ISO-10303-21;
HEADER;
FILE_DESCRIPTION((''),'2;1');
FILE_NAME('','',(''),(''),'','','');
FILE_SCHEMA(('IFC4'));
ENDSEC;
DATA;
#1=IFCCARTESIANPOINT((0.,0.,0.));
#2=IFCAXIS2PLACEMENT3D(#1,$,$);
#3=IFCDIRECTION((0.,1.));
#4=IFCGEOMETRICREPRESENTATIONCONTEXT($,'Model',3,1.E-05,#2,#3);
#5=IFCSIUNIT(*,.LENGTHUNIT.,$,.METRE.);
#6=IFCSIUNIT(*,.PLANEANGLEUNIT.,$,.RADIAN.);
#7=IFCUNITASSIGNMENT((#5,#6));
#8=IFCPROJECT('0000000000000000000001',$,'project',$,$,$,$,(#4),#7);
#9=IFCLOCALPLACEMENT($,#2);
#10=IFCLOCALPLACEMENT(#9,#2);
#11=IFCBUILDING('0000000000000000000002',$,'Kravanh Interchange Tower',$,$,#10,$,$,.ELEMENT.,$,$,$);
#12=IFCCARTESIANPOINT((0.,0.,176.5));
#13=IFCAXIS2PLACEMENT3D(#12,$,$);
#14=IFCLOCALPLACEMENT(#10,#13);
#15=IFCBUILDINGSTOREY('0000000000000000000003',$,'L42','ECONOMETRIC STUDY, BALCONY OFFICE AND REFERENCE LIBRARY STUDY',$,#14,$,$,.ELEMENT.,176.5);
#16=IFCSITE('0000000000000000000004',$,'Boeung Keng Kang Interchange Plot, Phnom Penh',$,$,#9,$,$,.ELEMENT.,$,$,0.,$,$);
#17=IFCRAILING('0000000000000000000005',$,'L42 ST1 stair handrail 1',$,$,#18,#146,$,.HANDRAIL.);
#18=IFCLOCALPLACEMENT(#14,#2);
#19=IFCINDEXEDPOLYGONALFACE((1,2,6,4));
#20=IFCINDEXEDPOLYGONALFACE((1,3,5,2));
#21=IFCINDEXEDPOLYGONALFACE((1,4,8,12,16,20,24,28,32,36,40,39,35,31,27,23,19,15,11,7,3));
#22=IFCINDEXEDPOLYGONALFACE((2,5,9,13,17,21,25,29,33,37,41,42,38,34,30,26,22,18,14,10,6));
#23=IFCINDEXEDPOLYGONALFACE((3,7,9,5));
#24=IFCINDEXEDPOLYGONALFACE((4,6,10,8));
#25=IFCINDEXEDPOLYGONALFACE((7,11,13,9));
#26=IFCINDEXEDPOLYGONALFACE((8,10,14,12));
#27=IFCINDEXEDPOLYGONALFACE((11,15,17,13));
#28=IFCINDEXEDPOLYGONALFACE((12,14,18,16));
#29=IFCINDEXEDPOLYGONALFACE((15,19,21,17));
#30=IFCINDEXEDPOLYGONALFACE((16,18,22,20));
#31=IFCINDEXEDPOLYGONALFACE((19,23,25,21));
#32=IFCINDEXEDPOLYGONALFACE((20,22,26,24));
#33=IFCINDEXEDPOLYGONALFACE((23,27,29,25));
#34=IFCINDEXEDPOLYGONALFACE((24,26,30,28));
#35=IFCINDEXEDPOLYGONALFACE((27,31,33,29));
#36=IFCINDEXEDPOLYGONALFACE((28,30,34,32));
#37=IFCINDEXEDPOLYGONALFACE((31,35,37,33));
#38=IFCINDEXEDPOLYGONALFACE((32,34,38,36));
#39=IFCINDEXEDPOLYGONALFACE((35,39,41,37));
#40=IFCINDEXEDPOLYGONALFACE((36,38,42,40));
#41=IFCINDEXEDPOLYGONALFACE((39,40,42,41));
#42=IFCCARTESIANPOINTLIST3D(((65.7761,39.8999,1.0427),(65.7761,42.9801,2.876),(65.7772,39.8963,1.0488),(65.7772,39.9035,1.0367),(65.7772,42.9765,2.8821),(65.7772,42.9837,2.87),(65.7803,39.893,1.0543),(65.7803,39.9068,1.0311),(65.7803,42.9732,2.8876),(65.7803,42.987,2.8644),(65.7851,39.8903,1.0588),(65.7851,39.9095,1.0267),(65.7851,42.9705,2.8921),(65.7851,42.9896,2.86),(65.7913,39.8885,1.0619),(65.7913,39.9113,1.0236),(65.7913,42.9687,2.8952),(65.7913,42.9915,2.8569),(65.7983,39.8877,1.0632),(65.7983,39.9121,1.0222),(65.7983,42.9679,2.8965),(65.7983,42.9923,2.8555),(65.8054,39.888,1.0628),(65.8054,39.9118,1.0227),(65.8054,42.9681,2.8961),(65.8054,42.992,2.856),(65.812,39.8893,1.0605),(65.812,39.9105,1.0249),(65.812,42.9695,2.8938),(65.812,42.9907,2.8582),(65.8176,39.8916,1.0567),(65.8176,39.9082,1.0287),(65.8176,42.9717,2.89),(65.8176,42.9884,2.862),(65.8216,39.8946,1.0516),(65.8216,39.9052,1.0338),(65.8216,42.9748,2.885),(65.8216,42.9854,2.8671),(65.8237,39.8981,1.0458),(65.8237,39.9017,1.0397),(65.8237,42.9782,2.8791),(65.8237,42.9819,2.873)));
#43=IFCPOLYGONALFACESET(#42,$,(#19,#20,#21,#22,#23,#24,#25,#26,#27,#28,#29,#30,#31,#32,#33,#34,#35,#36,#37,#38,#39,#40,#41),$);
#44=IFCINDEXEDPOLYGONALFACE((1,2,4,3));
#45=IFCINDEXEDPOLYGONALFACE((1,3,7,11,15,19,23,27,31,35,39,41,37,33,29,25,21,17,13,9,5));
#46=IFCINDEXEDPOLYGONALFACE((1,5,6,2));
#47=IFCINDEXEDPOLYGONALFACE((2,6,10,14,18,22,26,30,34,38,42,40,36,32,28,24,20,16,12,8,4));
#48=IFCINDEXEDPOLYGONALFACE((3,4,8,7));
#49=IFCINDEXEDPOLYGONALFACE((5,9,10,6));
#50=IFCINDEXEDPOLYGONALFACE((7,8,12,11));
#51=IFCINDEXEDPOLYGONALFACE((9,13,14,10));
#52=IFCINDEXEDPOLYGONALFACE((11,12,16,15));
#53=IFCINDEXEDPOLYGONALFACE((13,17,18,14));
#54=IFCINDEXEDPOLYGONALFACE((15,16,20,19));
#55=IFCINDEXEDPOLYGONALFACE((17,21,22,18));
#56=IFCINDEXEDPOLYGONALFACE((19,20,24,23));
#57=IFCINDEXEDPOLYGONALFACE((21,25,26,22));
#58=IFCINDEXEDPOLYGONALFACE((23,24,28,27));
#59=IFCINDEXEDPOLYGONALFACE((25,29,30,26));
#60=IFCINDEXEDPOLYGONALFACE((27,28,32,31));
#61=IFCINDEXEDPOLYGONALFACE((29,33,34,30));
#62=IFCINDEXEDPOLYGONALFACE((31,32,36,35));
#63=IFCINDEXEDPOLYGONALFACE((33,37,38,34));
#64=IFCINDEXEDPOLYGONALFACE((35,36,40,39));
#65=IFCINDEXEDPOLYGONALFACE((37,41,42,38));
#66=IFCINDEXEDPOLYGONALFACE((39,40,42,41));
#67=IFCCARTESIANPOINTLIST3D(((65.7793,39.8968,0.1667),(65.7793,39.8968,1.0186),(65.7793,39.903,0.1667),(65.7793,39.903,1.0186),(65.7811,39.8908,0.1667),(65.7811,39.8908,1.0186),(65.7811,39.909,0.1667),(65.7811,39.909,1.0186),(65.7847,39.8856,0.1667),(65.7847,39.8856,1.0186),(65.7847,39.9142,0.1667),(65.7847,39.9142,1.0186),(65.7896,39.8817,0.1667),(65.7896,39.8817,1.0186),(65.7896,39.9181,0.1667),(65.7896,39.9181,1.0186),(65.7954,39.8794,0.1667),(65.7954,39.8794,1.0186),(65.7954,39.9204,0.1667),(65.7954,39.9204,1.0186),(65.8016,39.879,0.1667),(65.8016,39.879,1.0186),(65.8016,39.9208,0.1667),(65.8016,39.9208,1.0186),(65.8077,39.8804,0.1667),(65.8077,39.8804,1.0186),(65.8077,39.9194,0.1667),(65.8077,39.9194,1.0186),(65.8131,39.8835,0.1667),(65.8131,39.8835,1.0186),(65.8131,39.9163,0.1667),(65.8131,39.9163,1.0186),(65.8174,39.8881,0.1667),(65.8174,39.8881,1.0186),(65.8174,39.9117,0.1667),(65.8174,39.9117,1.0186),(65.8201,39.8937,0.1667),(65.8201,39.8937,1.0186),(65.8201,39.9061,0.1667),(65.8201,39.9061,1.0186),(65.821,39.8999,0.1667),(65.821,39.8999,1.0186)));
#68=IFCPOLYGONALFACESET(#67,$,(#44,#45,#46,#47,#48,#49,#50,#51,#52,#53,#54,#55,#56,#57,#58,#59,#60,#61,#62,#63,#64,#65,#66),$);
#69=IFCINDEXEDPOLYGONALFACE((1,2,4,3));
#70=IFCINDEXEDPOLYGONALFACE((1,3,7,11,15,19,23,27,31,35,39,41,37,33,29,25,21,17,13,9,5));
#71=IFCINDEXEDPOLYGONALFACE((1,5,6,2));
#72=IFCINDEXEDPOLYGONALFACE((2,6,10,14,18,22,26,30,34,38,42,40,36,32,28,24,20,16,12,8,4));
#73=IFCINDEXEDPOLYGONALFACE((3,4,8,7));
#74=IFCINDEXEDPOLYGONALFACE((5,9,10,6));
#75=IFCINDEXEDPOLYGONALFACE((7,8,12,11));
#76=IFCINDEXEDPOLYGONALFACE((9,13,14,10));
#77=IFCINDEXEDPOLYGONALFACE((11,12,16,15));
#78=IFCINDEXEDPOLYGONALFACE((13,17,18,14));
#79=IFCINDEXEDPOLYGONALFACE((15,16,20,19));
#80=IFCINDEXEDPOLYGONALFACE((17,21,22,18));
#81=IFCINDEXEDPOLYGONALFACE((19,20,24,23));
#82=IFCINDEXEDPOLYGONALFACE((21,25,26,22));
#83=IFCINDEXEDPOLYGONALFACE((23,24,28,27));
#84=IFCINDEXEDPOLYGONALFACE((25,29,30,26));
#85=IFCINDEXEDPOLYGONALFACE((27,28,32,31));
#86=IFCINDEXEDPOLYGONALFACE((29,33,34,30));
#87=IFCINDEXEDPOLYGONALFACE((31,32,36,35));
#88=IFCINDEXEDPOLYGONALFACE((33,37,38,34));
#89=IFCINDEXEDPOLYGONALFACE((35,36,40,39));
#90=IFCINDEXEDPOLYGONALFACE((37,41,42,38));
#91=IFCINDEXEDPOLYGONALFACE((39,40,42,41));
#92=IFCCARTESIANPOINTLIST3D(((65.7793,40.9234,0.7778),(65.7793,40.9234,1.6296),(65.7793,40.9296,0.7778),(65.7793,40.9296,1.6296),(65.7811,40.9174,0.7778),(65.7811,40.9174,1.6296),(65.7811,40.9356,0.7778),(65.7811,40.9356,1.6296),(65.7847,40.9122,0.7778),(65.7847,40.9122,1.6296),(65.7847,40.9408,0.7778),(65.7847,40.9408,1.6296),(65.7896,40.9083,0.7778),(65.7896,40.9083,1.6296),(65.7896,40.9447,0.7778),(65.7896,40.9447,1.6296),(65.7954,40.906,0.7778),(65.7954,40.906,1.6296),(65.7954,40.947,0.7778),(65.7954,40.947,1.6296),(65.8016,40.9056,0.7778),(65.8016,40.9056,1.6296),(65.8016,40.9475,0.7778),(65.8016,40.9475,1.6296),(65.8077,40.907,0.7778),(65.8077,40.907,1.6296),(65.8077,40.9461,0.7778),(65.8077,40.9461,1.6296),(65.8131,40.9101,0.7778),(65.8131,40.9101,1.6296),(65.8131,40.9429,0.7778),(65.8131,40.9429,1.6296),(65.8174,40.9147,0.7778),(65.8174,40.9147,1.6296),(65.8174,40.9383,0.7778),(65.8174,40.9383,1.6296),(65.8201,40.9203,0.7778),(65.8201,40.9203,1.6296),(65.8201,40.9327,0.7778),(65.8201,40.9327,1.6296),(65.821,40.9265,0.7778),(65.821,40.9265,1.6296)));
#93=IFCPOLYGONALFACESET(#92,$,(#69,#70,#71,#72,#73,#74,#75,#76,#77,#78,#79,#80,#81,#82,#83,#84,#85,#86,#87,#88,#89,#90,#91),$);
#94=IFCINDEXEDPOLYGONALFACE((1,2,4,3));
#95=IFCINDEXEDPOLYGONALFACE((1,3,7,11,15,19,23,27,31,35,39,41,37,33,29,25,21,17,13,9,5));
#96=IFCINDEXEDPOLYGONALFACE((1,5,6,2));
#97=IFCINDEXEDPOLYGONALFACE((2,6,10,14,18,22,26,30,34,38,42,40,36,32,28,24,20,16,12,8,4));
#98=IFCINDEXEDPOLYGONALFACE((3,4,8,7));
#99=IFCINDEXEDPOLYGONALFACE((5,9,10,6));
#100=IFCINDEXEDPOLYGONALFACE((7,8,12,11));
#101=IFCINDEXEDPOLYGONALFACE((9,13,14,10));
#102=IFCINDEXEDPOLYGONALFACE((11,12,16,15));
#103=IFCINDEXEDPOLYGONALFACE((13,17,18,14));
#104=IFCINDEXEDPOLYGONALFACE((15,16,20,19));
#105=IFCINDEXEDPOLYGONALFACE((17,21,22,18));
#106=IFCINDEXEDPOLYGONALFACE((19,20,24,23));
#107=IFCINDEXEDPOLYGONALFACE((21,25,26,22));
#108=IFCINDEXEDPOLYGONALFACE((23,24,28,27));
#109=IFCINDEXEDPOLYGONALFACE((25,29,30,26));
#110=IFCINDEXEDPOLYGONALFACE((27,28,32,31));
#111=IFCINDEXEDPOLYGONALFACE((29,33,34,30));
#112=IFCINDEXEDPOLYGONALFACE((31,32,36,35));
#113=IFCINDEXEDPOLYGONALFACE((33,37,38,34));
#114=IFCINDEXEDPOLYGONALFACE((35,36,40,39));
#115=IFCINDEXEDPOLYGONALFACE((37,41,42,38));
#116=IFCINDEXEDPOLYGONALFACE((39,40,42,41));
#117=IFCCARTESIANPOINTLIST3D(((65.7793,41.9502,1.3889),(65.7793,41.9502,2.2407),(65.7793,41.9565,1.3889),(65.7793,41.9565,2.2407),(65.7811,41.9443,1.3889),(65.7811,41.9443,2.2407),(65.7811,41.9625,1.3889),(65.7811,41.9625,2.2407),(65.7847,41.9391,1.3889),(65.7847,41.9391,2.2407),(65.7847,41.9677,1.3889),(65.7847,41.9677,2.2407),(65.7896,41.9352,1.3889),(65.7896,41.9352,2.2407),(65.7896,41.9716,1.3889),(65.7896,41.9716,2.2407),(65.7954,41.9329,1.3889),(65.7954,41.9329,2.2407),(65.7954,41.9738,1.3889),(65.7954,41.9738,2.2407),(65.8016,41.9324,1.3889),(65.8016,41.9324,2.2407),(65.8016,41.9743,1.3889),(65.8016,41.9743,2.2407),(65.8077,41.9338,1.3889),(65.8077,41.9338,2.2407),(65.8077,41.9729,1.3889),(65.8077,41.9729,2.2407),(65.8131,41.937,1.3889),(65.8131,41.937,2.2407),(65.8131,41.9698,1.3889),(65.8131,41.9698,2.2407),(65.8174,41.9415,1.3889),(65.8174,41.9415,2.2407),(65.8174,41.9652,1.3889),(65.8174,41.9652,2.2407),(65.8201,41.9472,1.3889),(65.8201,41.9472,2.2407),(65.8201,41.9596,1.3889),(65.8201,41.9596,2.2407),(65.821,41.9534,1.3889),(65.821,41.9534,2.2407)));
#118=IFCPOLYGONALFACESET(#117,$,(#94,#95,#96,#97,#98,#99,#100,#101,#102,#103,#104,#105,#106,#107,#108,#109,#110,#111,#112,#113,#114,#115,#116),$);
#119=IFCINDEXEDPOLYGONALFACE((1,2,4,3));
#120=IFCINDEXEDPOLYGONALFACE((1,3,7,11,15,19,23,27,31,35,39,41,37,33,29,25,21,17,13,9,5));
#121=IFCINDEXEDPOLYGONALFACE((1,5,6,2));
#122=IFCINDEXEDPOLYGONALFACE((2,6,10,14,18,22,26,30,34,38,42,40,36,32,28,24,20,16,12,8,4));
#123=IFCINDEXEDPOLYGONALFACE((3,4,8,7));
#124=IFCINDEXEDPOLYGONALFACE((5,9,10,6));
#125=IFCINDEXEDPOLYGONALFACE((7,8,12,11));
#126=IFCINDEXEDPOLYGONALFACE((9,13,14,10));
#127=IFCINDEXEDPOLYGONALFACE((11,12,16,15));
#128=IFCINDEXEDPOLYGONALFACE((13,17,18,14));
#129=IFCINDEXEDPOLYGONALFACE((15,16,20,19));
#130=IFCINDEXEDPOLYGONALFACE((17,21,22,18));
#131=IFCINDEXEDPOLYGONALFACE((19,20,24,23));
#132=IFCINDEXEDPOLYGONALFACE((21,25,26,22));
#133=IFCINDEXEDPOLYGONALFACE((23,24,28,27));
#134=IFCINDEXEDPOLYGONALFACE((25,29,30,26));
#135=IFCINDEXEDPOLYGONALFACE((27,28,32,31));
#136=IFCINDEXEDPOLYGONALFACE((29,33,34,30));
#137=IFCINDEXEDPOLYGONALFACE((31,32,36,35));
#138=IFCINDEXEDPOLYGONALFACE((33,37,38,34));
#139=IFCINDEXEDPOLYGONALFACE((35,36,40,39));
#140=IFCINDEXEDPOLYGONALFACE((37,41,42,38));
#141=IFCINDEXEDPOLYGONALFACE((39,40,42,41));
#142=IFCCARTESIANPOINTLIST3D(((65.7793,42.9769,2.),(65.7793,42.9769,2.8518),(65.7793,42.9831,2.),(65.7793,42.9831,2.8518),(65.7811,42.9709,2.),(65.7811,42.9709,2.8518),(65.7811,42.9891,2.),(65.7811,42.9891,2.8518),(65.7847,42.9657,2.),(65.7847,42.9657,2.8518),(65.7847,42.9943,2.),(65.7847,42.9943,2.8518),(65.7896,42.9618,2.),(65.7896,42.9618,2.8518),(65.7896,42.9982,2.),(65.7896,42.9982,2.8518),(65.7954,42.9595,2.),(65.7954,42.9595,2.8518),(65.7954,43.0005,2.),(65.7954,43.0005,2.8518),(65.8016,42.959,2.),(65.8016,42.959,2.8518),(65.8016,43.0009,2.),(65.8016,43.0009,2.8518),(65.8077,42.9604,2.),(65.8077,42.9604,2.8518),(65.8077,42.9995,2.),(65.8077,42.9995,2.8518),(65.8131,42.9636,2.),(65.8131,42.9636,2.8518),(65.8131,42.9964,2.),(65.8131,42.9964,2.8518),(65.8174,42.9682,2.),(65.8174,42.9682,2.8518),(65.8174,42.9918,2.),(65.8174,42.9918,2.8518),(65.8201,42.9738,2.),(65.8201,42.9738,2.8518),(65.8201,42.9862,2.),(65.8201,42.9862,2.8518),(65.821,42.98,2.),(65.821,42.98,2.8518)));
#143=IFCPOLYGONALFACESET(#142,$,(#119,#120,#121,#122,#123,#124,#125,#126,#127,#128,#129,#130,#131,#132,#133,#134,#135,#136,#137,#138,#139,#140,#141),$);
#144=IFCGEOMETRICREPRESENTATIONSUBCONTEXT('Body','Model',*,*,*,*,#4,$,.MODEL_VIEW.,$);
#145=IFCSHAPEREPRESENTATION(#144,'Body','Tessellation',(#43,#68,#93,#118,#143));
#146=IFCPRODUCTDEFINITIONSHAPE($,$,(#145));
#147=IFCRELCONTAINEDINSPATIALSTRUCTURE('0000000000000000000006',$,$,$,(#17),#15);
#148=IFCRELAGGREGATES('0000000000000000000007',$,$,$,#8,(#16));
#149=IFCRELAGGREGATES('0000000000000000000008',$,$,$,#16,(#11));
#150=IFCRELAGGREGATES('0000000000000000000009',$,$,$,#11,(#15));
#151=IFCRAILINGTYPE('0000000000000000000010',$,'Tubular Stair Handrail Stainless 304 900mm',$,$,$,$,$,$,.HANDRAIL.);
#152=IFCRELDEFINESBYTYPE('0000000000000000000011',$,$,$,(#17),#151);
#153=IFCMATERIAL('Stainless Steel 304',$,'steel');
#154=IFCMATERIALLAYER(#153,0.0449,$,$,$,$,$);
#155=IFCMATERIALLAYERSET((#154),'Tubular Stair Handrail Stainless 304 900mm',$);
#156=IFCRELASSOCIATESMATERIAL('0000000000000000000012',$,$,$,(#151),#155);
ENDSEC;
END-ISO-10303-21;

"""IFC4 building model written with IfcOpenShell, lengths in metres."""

from ifc_helpers import new_model, si_unit, direction, frame, origin, origin_2d, place, context, subcontext, project, spatial, circle, extrude, material, layer, layer_set, type_object, element, save


model = new_model("IFC4")

# Units and contexts
model_context = context("Model", 3, precision=1e-05, world=origin(), true_north=direction((0.0, 1.0)))
body_context = subcontext(model_context, "Body", "Model", "MODEL_VIEW")
ifc_project = project(units=[si_unit("LENGTHUNIT", "METRE"), si_unit("PLANEANGLEUNIT", "RADIAN")], contexts=[model_context])

# Site, building, storey
site_placement = place(None, origin())
site = spatial("IfcSite", under=ifc_project, at=site_placement, Name="Boeung Keng Kang Interchange Plot, Phnom Penh", CompositionType="ELEMENT", RefElevation=0.0)
building_placement = place(site_placement, origin())
building = spatial("IfcBuilding", under=site, at=building_placement, Name="Kravanh Interchange Tower", CompositionType="ELEMENT")
storey_placement = place(building_placement, frame((0.0, 0.0, 176.5)))
storey = spatial("IfcBuildingStorey", under=building, at=storey_placement, Name="L42", Description="ECONOMETRIC STUDY, BALCONY OFFICE AND REFERENCE LIBRARY STUDY", CompositionType="ELEMENT", Elevation=176.5)

# Railing
ifc_material_1 = material(Name="Stainless Steel 304", Category="steel")
ifc_layer_1 = layer(ifc_material_1, 0.0449)
ifc_layer_set_1 = layer_set([ifc_layer_1], Name="Tubular Stair Handrail Stainless 304 900mm")
railing_type_1 = type_object("IfcRailingType", Name="Tubular Stair Handrail Stainless 304 900mm", PredefinedType="HANDRAIL", material=ifc_layer_set_1)
railing_1_placement = place(storey_placement, frame((65.8, 39.8999, 0.1667)))
element("IfcRailing", 1, at=railing_1_placement, inside=storey, type_object=railing_type_1, Name="L42 ST1 stair handrail 1", PredefinedType="HANDRAIL", context=body_context, shape_type="SweptSolid", body=[
    extrude(circle(Radius=0.0239, at=origin_2d()), frame((0.0, 0.0, 0.876), z_axis=(0.0, 0.859309, 0.511458), x_axis=(-1.0, 0.0, 0.0)), (0.0, 0.0, 1.0), 3.5845),
    extrude(circle(Radius=0.021, at=origin_2d()), origin(), (0.0, 0.0, 1.0), 0.8518),
    extrude(circle(Radius=0.021, at=origin_2d()), frame((0.0, 1.0266, 0.6111)), (0.0, 0.0, 1.0), 0.8518),
    extrude(circle(Radius=0.021, at=origin_2d()), frame((0.0, 2.0535, 1.2222)), (0.0, 0.0, 1.0), 0.8518),
    extrude(circle(Radius=0.021, at=origin_2d()), frame((0.0, 3.0801, 1.8333)), (0.0, 0.0, 1.0), 0.8518),
])

save(model, "model.ifc")
